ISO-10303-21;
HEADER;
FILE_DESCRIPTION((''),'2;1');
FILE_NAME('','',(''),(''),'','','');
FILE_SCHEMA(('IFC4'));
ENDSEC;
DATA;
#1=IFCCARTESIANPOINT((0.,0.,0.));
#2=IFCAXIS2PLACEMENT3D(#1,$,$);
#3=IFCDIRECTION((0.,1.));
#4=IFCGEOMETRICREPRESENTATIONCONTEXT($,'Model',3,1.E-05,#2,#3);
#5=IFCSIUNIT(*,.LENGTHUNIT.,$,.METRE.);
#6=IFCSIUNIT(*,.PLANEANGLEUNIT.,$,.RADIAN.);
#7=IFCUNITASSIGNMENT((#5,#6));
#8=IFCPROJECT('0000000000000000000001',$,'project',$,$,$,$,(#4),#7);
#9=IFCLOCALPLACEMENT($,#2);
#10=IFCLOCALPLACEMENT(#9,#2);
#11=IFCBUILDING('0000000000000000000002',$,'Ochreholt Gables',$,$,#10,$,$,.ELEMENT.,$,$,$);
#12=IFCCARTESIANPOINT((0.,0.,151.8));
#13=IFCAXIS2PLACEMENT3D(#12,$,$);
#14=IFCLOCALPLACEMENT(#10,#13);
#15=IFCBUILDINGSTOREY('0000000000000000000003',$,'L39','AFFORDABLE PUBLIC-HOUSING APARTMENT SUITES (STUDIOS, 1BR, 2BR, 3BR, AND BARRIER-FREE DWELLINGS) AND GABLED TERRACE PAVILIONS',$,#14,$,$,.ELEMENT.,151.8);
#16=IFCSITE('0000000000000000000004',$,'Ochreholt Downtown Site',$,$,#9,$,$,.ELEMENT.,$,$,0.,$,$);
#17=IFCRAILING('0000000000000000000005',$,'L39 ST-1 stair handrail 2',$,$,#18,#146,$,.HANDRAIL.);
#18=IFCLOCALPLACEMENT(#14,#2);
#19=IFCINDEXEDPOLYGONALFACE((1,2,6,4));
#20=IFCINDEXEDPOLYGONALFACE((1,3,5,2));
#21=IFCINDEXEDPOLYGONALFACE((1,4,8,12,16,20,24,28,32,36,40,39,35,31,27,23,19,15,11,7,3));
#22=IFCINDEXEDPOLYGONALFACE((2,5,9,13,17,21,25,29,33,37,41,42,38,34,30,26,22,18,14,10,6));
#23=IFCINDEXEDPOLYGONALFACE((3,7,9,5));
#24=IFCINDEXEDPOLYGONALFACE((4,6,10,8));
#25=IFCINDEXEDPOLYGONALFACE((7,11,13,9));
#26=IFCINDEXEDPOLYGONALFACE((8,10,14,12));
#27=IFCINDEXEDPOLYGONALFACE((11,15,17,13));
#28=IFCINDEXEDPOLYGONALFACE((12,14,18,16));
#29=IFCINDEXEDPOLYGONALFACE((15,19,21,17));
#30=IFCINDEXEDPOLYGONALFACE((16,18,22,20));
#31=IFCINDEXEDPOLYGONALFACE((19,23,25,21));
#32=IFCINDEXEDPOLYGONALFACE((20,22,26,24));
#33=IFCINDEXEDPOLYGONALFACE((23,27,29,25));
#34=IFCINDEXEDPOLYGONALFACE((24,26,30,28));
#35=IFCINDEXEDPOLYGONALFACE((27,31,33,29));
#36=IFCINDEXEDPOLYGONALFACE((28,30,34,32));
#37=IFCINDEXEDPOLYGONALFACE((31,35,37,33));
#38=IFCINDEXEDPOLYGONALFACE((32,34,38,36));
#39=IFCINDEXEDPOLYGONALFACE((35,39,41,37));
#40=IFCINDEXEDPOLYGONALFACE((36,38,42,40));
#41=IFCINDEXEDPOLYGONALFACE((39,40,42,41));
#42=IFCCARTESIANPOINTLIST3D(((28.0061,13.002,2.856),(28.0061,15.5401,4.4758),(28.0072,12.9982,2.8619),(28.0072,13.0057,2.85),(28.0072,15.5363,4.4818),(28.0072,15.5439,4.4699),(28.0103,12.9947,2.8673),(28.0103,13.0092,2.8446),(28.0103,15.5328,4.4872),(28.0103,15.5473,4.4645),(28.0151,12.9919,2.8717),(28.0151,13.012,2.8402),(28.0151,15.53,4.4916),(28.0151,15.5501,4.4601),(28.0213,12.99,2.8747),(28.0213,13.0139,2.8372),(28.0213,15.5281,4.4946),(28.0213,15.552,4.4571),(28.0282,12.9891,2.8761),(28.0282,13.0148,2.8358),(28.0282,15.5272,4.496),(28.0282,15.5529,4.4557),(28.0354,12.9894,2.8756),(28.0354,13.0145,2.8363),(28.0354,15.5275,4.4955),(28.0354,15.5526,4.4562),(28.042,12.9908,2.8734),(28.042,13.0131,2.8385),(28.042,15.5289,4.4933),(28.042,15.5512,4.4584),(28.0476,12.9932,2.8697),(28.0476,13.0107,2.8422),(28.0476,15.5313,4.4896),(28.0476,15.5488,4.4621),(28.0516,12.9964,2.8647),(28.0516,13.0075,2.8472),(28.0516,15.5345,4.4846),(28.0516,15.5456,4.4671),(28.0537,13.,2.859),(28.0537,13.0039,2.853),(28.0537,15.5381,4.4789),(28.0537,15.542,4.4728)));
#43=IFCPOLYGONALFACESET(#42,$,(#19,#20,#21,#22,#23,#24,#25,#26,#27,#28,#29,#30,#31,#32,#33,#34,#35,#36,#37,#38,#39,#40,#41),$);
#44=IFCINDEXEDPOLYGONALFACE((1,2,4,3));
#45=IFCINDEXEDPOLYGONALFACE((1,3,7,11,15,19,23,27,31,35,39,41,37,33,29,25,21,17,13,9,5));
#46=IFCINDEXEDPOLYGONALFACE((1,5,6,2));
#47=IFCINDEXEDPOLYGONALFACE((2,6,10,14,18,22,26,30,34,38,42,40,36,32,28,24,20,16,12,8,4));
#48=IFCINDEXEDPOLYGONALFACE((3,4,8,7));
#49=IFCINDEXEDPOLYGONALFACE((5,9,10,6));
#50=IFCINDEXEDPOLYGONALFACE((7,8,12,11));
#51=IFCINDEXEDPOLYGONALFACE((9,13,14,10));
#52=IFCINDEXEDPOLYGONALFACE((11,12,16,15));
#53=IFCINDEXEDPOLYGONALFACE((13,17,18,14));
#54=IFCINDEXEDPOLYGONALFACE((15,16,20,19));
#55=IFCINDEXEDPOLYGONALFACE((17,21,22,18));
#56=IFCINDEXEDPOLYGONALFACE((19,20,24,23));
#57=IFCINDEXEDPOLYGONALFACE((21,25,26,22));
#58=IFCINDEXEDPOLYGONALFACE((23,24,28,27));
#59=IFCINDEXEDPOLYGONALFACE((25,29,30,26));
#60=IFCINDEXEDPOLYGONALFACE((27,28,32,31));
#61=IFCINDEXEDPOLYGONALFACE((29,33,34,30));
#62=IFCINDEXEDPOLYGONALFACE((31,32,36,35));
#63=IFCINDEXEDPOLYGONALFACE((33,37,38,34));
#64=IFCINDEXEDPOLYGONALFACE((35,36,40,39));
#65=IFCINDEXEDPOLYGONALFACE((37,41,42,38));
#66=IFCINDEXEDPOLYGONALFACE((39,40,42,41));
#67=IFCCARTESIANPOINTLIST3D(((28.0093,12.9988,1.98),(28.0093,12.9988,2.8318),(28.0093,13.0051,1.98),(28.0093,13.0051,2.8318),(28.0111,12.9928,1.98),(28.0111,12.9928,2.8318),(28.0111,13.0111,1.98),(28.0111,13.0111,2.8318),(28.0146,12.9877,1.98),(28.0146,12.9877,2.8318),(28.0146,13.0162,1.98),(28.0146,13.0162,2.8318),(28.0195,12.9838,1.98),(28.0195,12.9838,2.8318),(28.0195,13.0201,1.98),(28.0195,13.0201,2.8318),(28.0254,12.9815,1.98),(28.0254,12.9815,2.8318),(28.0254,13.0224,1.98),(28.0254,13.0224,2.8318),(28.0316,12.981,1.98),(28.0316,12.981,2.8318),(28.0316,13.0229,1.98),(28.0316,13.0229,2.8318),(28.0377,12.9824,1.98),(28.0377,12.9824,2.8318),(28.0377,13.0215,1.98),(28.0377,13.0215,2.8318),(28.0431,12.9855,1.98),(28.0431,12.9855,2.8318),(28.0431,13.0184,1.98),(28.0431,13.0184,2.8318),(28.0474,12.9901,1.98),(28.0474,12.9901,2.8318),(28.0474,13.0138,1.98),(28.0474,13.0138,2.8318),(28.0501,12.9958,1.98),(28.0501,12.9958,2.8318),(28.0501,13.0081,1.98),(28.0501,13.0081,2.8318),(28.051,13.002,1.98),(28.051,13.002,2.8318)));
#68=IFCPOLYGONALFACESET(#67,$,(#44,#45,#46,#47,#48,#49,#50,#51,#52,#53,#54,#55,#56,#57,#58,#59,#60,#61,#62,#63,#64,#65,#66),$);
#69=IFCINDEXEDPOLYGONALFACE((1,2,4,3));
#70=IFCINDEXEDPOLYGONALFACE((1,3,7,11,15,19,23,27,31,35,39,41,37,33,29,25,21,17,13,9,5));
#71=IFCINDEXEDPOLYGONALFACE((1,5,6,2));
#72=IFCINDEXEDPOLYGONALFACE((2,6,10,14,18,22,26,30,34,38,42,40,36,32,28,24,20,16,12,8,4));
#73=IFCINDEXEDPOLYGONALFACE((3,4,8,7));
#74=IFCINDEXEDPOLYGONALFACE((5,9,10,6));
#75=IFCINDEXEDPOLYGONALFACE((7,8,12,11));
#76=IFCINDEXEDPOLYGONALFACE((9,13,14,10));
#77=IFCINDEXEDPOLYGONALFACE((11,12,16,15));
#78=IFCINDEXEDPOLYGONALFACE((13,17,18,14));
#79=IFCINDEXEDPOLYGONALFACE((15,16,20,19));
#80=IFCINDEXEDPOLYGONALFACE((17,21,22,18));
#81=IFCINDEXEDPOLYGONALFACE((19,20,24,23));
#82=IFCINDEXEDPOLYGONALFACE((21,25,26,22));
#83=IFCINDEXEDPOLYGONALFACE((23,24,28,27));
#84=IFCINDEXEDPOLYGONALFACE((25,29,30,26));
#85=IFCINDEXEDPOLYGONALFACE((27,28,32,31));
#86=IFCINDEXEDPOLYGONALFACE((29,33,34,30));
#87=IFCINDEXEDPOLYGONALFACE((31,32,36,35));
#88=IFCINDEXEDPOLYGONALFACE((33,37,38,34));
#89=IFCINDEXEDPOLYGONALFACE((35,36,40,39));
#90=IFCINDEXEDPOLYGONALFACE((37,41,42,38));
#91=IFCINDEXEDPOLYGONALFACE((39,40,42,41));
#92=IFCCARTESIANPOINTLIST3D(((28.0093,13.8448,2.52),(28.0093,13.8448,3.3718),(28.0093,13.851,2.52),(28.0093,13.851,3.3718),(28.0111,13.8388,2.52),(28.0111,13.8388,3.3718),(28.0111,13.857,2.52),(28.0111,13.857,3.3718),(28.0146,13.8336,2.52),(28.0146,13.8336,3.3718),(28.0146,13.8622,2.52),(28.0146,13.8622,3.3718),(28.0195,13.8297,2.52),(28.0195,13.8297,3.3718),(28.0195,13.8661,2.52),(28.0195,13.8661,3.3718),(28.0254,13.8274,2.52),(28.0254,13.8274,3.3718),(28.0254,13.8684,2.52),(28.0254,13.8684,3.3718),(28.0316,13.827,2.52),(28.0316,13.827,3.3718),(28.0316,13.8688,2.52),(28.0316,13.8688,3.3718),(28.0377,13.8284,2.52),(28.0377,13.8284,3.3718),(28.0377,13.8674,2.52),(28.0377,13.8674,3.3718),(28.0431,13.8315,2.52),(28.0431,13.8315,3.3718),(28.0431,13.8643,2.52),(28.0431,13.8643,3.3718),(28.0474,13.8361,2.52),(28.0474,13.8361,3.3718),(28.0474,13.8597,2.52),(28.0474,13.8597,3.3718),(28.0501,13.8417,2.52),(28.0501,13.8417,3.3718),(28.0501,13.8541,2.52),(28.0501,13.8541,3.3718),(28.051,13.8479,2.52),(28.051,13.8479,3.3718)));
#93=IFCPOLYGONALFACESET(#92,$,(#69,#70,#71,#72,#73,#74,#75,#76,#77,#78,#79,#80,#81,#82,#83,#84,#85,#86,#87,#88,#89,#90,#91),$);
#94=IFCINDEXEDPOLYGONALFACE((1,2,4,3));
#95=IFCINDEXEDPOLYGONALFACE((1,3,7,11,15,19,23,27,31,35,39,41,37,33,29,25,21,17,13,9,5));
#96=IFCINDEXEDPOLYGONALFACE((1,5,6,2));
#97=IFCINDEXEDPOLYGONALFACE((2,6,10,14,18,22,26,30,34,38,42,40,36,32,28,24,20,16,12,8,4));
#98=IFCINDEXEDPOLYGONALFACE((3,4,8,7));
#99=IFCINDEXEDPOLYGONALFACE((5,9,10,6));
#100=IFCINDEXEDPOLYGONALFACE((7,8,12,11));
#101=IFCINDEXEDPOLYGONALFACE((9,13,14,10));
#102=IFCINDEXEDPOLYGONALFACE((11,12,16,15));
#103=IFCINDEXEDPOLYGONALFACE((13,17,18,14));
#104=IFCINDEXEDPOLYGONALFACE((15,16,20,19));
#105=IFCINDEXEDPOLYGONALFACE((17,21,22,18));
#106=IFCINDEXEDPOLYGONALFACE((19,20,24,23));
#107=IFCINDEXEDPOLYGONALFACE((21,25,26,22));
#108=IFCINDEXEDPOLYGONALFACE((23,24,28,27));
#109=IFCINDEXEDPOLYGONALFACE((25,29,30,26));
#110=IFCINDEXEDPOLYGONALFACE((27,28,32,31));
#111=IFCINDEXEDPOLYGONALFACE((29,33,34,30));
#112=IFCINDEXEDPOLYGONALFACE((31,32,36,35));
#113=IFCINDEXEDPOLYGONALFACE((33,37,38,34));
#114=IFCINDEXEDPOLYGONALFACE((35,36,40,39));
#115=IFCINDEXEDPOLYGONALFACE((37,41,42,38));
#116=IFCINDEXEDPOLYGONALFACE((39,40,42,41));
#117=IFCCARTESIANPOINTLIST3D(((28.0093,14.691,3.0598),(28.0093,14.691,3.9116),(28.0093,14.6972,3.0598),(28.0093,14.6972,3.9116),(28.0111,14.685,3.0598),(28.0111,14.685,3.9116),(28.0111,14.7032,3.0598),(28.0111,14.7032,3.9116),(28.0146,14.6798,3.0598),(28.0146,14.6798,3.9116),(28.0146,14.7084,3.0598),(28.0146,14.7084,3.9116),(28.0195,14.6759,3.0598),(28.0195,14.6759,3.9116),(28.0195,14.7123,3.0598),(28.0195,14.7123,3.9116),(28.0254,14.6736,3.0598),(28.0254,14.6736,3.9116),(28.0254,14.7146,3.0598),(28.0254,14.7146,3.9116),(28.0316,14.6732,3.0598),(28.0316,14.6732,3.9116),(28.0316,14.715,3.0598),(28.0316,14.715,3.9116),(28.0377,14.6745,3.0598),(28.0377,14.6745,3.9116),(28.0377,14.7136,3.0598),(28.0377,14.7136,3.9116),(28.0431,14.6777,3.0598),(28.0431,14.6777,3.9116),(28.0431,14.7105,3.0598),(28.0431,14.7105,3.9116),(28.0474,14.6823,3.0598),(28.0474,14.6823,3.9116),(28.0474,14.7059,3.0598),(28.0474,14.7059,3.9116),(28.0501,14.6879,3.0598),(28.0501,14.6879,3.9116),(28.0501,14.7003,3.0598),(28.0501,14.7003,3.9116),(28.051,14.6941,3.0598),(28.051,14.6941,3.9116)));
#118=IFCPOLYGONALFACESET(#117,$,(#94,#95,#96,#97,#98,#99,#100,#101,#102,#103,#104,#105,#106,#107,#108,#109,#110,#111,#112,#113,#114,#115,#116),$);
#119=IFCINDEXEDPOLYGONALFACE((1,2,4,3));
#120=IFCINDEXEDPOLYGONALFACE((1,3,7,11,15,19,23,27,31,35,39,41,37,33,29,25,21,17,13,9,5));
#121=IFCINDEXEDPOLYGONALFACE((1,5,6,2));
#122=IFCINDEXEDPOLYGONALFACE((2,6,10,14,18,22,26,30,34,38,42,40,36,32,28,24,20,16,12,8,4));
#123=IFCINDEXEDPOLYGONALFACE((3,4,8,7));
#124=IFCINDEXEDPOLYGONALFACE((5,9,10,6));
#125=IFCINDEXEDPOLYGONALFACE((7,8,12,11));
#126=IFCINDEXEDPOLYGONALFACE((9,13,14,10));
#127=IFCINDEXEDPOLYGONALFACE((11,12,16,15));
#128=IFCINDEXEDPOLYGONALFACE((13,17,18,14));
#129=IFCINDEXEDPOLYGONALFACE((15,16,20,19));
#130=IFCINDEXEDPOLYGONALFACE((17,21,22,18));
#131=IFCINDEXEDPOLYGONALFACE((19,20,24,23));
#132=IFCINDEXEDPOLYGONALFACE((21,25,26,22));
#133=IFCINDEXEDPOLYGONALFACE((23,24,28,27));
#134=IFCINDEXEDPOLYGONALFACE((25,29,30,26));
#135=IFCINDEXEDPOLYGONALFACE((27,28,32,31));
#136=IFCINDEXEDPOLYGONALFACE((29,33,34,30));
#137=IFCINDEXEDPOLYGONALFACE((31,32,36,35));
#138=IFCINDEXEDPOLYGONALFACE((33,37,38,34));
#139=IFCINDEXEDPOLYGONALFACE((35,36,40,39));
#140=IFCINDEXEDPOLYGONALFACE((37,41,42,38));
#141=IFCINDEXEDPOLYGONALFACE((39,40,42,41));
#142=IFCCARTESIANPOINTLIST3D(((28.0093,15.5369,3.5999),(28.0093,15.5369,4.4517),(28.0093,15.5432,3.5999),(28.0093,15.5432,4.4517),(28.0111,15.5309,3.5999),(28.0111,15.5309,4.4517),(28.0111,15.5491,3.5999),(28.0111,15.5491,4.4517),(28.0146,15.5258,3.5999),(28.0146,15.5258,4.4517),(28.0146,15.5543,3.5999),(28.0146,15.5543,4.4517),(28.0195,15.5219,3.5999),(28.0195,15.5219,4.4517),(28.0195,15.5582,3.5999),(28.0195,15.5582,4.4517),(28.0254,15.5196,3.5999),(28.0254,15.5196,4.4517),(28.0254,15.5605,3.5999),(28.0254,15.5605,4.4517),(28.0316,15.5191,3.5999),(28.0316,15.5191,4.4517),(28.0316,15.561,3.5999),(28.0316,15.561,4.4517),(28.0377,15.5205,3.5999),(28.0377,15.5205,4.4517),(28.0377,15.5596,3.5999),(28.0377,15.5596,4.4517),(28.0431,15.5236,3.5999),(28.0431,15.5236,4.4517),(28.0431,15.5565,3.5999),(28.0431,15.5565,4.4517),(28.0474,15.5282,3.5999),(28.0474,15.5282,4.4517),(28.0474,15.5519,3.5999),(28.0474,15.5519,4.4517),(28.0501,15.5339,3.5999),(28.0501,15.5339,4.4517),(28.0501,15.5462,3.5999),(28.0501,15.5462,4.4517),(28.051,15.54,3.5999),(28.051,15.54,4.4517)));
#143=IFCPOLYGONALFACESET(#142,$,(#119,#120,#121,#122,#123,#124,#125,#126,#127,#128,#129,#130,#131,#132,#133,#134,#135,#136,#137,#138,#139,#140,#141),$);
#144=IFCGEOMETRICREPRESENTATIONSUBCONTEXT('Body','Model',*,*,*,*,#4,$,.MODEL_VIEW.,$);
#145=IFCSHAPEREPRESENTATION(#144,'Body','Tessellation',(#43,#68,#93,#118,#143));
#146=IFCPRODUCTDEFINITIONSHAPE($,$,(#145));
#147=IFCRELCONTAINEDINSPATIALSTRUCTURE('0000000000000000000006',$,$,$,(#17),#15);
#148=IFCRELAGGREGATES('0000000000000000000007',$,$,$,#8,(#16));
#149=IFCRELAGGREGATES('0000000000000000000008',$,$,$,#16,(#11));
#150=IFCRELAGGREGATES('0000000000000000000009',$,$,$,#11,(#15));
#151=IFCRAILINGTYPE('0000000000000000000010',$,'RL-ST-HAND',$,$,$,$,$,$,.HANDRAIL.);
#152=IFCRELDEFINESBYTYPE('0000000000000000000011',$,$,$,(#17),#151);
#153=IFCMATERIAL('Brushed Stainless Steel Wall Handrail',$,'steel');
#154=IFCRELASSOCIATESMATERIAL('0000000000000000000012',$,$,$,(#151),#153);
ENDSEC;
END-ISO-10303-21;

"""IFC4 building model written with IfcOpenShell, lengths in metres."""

from ifc_helpers import new_model, si_unit, direction, frame, origin, origin_2d, place, context, subcontext, project, spatial, circle, extrude, material, type_object, element, save


model = new_model("IFC4")

# Units and contexts
model_context = context("Model", 3, precision=1e-05, world=origin(), true_north=direction((0.0, 1.0)))
body_context = subcontext(model_context, "Body", "Model", "MODEL_VIEW")
ifc_project = project(units=[si_unit("LENGTHUNIT", "METRE"), si_unit("PLANEANGLEUNIT", "RADIAN")], contexts=[model_context])

# Site, building, storey
site_placement = place(None, origin())
site = spatial("IfcSite", under=ifc_project, at=site_placement, Name="Ochreholt Downtown Site", CompositionType="ELEMENT", RefElevation=0.0)
building_placement = place(site_placement, origin())
building = spatial("IfcBuilding", under=site, at=building_placement, Name="Ochreholt Gables", CompositionType="ELEMENT")
storey_placement = place(building_placement, frame((0.0, 0.0, 151.8)))
storey = spatial("IfcBuildingStorey", under=building, at=storey_placement, Name="L39", Description="AFFORDABLE PUBLIC-HOUSING APARTMENT SUITES (STUDIOS, 1BR, 2BR, 3BR, AND BARRIER-FREE DWELLINGS) AND GABLED TERRACE PAVILIONS", CompositionType="ELEMENT", Elevation=151.8)

# Railing
ifc_material_1 = material(Name="Brushed Stainless Steel Wall Handrail", Category="steel")
railing_type_1 = type_object("IfcRailingType", Name="RL-ST-HAND", PredefinedType="HANDRAIL", material=ifc_material_1)
railing_1_placement = place(storey_placement, frame((28.03, 13.002, 1.98)))
element("IfcRailing", 1, at=railing_1_placement, inside=storey, type_object=railing_type_1, Name="L39 ST-1 stair handrail 2", PredefinedType="HANDRAIL", context=body_context, shape_type="SweptSolid", body=[
    extrude(circle(Radius=0.0239, at=origin_2d()), frame((0.0, 0.0, 0.876), z_axis=(0.0, 0.84295, 0.537993), x_axis=(-1.0, 0.0, 0.0)), (0.0, 0.0, 1.0), 3.011),
    extrude(circle(Radius=0.021, at=origin_2d()), origin(), (0.0, 0.0, 1.0), 0.8518),
    extrude(circle(Radius=0.021, at=origin_2d()), frame((0.0, 0.8459, 0.54)), (0.0, 0.0, 1.0), 0.8518),
    extrude(circle(Radius=0.021, at=origin_2d()), frame((0.0, 1.6921, 1.0798)), (0.0, 0.0, 1.0), 0.8518),
    extrude(circle(Radius=0.021, at=origin_2d()), frame((0.0, 2.5381, 1.6199)), (0.0, 0.0, 1.0), 0.8518),
])

save(model, "model.ifc")
